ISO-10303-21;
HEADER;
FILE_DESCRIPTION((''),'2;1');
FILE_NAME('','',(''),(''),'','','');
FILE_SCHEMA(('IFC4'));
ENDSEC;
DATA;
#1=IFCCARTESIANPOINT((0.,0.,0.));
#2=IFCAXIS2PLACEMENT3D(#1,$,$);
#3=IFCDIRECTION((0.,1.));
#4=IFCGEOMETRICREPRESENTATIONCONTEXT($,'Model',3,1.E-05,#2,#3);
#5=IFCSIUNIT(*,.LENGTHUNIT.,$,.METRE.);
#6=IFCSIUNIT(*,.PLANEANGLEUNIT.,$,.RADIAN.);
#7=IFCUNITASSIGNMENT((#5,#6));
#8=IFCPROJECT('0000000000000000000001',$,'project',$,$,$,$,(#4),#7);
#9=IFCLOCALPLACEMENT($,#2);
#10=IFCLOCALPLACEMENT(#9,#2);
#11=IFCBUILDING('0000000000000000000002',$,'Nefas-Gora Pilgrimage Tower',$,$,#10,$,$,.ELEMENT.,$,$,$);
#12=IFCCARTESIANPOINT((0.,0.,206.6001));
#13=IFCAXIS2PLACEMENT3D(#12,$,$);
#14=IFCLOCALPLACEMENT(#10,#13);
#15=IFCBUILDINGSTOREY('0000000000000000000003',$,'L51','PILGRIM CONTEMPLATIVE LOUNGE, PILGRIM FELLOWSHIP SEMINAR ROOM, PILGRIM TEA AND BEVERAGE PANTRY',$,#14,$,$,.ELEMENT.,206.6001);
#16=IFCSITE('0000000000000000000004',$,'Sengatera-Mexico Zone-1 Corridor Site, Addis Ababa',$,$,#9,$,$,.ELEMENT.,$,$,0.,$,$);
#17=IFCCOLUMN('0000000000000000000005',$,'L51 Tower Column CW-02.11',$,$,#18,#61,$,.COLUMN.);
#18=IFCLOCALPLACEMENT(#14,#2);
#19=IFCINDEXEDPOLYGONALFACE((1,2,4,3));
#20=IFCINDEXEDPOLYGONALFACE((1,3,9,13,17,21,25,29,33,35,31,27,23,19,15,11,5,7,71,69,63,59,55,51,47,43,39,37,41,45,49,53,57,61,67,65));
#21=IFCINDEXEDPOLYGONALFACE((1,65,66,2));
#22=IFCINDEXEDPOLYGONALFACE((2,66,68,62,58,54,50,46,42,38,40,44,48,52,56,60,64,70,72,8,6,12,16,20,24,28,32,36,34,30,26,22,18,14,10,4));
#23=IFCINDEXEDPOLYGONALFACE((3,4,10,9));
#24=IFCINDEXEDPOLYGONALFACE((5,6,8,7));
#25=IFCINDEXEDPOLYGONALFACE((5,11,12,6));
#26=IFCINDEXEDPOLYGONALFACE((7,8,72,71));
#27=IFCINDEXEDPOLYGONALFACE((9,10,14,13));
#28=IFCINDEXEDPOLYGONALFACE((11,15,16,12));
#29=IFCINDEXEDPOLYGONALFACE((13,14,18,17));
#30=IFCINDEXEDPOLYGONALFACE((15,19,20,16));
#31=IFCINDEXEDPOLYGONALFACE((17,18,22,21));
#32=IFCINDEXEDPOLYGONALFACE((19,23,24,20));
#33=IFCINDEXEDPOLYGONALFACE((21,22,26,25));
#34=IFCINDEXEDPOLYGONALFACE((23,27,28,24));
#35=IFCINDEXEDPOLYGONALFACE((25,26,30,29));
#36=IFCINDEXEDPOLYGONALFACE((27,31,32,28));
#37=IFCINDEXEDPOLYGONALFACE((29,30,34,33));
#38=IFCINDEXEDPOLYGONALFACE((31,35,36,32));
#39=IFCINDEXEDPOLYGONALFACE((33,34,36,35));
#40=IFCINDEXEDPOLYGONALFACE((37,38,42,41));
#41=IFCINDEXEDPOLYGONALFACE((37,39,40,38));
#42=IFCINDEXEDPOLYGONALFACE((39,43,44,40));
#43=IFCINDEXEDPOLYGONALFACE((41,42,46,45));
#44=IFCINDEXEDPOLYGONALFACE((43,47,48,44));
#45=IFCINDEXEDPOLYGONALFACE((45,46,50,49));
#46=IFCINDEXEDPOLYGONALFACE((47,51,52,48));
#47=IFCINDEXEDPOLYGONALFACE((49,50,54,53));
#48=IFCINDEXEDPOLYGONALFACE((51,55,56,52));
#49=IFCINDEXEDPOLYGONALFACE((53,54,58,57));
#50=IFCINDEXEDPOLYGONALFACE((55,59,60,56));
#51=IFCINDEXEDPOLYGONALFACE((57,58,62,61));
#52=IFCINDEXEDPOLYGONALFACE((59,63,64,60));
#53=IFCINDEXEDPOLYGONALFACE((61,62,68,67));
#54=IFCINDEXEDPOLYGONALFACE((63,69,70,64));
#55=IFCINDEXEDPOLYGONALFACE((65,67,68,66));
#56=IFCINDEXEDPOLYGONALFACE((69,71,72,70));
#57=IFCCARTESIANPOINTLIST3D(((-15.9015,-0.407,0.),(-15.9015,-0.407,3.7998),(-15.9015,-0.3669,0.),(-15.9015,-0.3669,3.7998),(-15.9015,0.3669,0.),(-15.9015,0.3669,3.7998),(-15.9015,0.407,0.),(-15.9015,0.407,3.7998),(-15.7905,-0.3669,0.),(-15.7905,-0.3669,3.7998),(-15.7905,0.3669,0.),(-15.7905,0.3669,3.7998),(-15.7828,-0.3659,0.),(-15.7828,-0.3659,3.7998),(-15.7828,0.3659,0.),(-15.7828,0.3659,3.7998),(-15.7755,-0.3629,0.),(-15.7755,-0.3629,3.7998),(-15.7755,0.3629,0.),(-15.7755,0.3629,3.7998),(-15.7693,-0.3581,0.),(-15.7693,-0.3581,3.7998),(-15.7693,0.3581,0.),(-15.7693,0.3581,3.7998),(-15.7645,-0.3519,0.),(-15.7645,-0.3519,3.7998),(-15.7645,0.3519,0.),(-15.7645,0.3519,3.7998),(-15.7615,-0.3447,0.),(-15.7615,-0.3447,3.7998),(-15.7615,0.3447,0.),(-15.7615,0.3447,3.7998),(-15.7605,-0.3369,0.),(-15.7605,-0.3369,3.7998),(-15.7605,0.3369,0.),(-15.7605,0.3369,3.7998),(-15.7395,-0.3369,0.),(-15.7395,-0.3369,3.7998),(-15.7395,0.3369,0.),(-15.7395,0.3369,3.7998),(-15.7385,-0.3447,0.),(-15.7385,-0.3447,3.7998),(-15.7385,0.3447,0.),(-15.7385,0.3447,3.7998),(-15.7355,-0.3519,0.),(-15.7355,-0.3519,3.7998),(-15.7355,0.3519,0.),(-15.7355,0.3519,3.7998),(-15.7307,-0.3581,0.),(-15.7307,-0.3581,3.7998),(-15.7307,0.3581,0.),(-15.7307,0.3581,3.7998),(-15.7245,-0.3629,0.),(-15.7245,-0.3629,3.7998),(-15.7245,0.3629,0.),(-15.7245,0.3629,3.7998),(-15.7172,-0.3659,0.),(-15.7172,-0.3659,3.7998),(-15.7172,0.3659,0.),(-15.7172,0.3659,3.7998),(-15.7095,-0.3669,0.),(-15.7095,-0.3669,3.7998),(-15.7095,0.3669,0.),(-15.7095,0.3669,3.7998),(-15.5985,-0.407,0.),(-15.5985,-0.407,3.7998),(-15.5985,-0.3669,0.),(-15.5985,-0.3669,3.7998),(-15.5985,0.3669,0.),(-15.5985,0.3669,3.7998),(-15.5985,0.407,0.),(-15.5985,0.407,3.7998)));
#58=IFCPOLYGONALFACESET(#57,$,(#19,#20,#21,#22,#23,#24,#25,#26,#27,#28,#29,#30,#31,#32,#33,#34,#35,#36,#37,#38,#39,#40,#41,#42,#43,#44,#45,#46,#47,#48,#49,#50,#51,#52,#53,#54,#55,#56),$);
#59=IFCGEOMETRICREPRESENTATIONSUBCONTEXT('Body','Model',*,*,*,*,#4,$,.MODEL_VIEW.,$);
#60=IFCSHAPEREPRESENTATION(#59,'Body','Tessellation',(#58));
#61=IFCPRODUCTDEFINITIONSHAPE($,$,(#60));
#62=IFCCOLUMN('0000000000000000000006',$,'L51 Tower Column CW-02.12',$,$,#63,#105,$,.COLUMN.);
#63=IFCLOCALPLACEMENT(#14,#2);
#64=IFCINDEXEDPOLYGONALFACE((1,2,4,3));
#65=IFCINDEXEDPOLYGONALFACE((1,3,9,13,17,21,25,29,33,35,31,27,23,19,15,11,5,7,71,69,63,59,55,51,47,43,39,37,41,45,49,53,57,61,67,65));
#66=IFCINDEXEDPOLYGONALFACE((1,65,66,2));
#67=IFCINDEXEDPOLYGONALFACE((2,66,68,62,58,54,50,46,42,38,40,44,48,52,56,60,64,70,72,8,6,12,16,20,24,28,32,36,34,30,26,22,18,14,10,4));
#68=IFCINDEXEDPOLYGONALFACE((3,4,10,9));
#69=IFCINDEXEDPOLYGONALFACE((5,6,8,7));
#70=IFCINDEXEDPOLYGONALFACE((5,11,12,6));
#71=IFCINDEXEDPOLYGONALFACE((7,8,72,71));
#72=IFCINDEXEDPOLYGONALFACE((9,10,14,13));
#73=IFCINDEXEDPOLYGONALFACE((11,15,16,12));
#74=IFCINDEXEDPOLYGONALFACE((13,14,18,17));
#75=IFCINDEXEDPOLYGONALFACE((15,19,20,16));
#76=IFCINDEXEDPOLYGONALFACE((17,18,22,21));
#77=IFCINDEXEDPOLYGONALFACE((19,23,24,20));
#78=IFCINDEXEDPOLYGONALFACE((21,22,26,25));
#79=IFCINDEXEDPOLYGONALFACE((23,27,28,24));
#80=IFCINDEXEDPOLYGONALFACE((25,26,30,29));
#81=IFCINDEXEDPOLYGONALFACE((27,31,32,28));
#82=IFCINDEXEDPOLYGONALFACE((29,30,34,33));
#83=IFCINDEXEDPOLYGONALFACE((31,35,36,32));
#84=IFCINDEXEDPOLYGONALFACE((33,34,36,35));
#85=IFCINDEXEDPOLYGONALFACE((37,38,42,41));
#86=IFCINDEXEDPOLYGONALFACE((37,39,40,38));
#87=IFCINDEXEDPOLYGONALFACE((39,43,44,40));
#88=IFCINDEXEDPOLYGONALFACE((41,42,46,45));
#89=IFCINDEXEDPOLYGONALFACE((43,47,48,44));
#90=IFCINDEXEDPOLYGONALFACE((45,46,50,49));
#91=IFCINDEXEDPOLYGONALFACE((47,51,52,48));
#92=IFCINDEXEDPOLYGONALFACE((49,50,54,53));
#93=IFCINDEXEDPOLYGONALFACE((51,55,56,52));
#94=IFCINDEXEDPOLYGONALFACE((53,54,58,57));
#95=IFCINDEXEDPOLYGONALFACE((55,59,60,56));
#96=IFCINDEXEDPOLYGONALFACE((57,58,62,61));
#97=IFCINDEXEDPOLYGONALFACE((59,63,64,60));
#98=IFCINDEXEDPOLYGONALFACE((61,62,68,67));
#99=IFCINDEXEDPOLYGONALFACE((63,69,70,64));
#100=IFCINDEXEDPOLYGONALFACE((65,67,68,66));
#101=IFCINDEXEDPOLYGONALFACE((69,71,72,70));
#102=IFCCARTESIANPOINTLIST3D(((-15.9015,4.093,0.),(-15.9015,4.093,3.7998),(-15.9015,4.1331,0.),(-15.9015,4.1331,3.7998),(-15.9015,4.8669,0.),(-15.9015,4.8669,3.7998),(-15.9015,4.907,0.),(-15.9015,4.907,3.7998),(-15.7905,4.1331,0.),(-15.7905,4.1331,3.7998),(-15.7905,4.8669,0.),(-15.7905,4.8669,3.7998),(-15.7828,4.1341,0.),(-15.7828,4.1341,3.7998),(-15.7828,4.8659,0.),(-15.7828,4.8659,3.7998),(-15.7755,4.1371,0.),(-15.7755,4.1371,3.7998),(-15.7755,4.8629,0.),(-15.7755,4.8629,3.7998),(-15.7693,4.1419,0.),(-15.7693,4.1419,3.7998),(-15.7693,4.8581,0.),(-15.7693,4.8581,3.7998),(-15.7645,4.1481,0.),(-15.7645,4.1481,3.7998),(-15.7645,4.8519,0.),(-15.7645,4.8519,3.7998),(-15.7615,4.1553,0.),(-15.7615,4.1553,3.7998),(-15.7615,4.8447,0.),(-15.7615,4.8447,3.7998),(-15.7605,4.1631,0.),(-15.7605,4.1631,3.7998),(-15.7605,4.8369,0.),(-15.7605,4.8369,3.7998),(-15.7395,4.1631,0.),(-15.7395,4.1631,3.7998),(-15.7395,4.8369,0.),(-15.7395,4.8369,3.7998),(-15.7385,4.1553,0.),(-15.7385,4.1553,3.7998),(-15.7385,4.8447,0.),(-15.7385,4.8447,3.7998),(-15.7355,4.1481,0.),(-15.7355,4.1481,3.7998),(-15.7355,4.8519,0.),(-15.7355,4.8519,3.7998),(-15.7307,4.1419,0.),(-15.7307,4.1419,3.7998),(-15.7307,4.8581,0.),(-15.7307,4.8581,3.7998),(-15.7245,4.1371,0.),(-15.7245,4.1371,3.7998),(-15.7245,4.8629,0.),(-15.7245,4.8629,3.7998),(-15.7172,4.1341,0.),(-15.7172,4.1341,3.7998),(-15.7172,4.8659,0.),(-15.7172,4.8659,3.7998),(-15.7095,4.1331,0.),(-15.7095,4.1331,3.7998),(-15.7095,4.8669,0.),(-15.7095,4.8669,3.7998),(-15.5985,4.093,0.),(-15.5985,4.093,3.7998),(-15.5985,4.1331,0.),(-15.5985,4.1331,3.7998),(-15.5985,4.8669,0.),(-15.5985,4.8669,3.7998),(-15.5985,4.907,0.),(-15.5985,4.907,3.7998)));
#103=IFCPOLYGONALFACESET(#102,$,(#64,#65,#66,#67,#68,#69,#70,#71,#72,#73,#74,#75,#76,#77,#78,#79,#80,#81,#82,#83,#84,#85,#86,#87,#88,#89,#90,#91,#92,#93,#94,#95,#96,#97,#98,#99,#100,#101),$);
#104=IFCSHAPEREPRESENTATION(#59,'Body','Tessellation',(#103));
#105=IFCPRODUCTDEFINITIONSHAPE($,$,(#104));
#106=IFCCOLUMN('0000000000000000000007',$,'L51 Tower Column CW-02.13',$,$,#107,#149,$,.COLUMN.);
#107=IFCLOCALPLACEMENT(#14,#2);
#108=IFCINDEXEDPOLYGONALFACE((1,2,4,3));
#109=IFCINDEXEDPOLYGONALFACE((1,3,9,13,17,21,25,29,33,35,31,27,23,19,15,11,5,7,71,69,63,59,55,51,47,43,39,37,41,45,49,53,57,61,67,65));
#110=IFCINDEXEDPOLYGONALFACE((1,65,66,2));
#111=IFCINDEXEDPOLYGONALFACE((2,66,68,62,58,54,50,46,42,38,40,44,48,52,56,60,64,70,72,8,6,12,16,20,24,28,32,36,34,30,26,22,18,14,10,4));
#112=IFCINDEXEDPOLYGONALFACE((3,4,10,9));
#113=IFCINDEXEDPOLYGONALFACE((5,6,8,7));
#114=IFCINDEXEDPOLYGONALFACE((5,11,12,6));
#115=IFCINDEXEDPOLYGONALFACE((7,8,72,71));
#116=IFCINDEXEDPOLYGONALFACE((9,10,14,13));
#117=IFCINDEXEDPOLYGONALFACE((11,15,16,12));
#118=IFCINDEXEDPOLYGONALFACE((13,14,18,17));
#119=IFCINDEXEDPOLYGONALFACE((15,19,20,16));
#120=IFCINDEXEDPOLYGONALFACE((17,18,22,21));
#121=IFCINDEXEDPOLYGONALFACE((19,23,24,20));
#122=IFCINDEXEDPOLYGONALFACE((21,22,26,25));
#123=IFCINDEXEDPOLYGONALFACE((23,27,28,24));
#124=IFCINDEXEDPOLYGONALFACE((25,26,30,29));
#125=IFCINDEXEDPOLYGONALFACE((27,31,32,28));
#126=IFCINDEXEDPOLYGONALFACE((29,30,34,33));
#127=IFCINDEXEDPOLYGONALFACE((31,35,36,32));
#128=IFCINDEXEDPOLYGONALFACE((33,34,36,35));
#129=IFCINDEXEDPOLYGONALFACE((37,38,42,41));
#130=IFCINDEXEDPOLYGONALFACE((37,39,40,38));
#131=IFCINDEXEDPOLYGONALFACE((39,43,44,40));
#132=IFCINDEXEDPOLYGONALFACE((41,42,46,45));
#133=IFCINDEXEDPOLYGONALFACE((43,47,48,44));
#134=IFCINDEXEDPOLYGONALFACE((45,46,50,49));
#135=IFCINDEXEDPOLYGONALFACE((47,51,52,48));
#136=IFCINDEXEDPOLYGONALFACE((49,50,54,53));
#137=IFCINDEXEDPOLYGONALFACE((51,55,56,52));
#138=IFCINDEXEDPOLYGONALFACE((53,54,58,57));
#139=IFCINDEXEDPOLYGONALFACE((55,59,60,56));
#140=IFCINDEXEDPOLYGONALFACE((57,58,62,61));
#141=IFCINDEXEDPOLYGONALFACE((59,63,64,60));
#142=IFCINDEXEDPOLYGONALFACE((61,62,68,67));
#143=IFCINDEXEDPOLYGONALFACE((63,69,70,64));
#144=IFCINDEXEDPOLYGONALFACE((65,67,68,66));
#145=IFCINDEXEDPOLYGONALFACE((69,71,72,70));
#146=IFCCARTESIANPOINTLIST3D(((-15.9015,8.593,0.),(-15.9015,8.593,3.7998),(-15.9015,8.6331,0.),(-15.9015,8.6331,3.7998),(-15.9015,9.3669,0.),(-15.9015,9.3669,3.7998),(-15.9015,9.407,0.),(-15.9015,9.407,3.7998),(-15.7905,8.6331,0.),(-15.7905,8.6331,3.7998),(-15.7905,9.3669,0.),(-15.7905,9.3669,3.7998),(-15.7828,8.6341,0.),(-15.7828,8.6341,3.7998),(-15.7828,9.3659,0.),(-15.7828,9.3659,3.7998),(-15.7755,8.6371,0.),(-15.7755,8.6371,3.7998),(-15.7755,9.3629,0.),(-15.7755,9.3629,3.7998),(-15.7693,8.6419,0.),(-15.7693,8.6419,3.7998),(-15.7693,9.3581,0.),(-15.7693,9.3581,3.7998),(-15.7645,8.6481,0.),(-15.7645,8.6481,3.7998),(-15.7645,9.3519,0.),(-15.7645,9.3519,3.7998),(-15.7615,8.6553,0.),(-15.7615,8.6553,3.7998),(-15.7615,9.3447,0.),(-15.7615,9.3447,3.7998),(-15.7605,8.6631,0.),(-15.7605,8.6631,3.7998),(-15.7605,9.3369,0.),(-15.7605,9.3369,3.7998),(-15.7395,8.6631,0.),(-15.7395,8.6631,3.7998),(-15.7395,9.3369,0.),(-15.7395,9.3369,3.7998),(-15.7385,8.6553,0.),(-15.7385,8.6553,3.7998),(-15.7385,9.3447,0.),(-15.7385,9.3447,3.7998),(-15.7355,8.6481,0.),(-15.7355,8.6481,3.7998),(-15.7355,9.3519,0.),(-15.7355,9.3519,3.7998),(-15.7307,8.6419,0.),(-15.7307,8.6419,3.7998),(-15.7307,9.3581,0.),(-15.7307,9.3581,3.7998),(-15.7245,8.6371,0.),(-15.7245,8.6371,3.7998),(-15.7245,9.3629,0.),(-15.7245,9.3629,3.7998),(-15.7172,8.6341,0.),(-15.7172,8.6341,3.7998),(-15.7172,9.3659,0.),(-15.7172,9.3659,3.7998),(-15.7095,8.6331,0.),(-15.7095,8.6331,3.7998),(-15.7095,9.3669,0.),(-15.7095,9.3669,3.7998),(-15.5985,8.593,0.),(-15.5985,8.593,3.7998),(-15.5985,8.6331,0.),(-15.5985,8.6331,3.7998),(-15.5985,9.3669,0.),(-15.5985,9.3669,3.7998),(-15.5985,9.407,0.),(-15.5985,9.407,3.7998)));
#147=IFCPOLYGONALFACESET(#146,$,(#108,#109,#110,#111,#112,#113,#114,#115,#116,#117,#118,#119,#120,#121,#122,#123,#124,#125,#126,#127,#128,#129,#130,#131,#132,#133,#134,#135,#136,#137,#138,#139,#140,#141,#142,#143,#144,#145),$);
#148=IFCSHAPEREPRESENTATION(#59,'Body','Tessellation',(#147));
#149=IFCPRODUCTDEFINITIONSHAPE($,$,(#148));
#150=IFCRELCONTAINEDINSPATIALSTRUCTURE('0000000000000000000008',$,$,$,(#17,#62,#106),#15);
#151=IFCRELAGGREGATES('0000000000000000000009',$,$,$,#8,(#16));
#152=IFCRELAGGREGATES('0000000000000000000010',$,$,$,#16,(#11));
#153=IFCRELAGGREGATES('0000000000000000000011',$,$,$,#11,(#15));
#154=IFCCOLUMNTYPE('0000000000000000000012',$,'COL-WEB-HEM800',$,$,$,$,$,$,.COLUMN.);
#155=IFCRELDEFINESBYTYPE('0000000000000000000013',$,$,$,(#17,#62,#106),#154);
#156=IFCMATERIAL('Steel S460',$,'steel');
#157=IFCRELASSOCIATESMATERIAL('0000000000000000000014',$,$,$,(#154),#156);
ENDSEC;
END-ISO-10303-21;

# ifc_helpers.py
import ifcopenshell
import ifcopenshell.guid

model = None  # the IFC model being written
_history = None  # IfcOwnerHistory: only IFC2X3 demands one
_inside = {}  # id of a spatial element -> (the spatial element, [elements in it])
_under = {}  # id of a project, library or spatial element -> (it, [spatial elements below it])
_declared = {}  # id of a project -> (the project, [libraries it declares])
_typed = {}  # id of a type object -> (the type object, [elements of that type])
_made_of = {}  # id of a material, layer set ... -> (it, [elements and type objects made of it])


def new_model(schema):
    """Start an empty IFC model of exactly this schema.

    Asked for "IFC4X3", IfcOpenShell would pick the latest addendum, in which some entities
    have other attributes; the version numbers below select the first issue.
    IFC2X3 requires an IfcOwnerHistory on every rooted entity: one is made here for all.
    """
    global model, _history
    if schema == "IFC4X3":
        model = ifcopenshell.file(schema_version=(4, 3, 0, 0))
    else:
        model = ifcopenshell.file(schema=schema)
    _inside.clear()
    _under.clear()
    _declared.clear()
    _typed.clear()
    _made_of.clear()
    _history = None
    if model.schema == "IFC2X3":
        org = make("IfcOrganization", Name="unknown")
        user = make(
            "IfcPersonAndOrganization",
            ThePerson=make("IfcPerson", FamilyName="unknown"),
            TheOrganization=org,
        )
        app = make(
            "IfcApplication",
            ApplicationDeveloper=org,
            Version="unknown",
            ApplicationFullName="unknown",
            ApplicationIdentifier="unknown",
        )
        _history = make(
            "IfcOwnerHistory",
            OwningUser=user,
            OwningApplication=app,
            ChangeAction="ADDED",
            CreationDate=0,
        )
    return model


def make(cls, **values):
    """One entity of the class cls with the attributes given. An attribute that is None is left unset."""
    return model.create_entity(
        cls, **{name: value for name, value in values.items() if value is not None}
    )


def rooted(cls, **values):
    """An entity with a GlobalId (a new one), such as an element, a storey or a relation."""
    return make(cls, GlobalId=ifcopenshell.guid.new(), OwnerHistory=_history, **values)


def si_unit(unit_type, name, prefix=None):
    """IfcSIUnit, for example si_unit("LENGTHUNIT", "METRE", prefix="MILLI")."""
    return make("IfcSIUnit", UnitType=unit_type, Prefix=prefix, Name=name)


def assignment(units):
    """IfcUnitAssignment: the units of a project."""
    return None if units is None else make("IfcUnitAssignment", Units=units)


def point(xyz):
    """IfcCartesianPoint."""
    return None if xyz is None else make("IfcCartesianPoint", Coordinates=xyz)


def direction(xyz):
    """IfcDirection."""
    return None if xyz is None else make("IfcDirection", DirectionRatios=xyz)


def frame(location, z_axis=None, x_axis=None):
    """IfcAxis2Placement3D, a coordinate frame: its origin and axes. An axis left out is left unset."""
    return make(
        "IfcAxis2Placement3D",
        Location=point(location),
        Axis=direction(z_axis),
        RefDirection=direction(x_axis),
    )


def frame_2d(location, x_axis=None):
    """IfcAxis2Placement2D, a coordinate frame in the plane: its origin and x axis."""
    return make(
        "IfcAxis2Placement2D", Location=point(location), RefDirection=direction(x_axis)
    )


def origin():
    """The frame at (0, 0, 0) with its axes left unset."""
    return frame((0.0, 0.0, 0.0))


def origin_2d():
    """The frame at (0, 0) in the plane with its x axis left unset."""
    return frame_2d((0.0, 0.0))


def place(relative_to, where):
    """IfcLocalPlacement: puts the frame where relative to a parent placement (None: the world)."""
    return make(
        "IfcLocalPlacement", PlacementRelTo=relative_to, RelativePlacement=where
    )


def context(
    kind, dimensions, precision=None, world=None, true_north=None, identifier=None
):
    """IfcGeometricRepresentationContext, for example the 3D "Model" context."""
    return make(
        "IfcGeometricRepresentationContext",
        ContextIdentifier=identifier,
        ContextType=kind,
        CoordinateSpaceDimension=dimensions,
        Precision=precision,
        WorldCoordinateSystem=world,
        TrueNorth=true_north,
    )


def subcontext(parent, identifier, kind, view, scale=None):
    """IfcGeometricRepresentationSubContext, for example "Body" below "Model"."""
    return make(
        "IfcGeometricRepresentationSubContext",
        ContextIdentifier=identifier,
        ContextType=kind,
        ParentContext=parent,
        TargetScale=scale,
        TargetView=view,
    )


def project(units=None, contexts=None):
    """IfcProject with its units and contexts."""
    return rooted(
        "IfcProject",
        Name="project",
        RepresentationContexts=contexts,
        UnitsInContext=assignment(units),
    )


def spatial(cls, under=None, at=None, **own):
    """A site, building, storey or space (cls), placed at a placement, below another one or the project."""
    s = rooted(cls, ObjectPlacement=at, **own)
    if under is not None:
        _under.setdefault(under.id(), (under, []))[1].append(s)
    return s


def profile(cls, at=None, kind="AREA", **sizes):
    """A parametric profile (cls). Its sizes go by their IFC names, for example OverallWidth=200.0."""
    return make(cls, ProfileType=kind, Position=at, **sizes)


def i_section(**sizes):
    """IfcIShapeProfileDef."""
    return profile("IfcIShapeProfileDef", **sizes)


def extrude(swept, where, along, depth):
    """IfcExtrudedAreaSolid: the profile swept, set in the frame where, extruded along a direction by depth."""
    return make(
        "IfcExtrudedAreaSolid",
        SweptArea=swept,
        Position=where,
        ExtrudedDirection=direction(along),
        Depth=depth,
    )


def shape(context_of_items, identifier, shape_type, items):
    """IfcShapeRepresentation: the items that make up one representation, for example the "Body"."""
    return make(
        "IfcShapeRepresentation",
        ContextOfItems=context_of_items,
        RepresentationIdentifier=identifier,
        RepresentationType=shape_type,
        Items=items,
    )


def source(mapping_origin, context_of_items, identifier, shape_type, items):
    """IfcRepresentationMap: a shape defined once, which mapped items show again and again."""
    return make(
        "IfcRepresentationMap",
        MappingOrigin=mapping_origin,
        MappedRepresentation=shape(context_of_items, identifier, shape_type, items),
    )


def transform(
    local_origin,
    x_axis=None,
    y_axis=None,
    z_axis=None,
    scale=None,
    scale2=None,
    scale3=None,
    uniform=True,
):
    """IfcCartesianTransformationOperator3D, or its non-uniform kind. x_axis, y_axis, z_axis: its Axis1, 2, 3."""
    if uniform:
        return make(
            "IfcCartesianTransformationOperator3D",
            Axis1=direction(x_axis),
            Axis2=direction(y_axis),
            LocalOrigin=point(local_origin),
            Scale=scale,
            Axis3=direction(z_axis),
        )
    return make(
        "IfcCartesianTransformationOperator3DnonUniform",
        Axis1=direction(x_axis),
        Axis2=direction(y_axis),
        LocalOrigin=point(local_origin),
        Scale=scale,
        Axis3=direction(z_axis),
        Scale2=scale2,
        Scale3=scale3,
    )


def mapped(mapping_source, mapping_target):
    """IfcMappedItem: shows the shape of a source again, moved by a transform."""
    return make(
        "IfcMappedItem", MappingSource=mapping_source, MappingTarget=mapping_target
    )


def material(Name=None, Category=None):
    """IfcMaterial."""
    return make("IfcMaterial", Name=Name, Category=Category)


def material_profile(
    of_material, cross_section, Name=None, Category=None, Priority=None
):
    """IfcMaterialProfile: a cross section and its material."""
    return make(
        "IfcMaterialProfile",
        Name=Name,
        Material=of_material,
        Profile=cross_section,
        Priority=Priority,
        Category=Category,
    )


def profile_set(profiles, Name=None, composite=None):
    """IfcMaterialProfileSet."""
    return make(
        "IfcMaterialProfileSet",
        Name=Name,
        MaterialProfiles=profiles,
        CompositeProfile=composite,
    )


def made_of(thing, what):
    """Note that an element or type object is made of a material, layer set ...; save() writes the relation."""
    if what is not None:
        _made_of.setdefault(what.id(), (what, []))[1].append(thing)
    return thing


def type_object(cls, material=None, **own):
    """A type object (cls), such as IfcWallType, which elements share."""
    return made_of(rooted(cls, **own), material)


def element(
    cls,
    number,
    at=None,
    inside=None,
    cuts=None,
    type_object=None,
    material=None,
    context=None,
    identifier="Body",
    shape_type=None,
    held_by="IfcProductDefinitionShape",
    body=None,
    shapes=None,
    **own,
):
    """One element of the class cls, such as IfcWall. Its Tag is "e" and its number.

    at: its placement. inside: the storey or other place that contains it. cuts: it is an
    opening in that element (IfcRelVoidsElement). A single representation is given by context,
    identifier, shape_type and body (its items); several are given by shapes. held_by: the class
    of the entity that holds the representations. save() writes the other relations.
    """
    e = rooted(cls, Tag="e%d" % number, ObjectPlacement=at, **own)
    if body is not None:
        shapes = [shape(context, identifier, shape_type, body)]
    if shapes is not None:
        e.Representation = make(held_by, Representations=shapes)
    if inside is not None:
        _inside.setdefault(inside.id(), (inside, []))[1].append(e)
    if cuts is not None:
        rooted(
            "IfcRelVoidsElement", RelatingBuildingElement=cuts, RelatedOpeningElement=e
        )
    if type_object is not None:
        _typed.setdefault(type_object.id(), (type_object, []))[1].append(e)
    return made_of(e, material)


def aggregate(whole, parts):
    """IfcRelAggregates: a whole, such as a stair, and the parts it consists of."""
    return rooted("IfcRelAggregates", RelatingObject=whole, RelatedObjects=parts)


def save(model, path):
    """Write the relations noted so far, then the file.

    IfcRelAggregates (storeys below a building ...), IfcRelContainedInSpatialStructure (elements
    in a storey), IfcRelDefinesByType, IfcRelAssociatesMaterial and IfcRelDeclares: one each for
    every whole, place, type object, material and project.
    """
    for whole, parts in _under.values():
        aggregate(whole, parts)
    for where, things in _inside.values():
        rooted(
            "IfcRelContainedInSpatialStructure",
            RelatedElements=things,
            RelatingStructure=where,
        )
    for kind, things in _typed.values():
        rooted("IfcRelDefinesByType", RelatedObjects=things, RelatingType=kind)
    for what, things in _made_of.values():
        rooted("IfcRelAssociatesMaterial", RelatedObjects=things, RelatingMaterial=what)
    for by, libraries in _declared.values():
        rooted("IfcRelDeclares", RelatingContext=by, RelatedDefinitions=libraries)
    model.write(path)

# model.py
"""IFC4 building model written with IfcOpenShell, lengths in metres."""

from ifc_helpers import new_model, si_unit, direction, frame, origin, origin_2d, place, context, subcontext, project, spatial, i_section, extrude, source, transform, mapped, material, material_profile, profile_set, type_object, element, save


model = new_model("IFC4")

# Units and contexts
model_context = context("Model", 3, precision=1e-05, world=origin(), true_north=direction((0.0, 1.0)))
body_context = subcontext(model_context, "Body", "Model", "MODEL_VIEW")
ifc_project = project(units=[si_unit("LENGTHUNIT", "METRE"), si_unit("PLANEANGLEUNIT", "RADIAN")], contexts=[model_context])

# Site, building, storey
site_placement = place(None, origin())
site = spatial("IfcSite", under=ifc_project, at=site_placement, Name="Sengatera-Mexico Zone-1 Corridor Site, Addis Ababa", CompositionType="ELEMENT", RefElevation=0.0)
building_placement = place(site_placement, origin())
building = spatial("IfcBuilding", under=site, at=building_placement, Name="Nefas-Gora Pilgrimage Tower", CompositionType="ELEMENT")
storey_placement = place(building_placement, frame((0.0, 0.0, 206.6001)))
storey = spatial("IfcBuildingStorey", under=building, at=storey_placement, Name="L51", Description="PILGRIM CONTEMPLATIVE LOUNGE, PILGRIM FELLOWSHIP SEMINAR ROOM, PILGRIM TEA AND BEVERAGE PANTRY", CompositionType="ELEMENT", Elevation=206.6001)

# Columns
ifc_material_1 = material(Name="Steel S460", Category="steel")
ifc_material_profile_1 = material_profile(ifc_material_1, i_section(OverallWidth=0.303, OverallDepth=0.814, WebThickness=0.021, FlangeThickness=0.04, FilletRadius=0.03, at=origin_2d()), Name="HEM 800")
ifc_profile_set_1 = profile_set([ifc_material_profile_1], Name="Steel S460")
column_type_1 = type_object("IfcColumnType", Name="COL-WEB-HEM800", PredefinedType="COLUMN", material=ifc_profile_set_1)
shared_shape_1 = source(origin(), body_context, "Body", "SweptSolid", [
    extrude(i_section(OverallWidth=0.303, OverallDepth=0.814, WebThickness=0.021, FlangeThickness=0.04, FilletRadius=0.03, at=origin_2d()), origin(), (0.0, 0.0, 1.0), 3.7998),
])
for number, where, z_axis, x_axis, name in (
    (1, (-15.75, 0.0, 0.0), (0.0, 0.0, 1.0), (1.0, 0.0, 0.0), "L51 Tower Column CW-02.11"),
    (2, (-15.75, 4.5, 0.0), (0.0, 0.0, 1.0), (1.0, 0.0, 0.0), "L51 Tower Column CW-02.12"),
    (3, (-15.75, 9.0, 0.0), (0.0, 0.0, 1.0), (1.0, 0.0, 0.0), "L51 Tower Column CW-02.13"),
):
    element("IfcColumn", number, at=place(storey_placement, frame(where, z_axis=z_axis, x_axis=x_axis)), inside=storey, type_object=column_type_1, Name=name, PredefinedType="COLUMN", context=body_context, shape_type="MappedRepresentation", body=[
        mapped(shared_shape_1, transform((0.0, 0.0, 0.0), x_axis=(1.0, 0.0, 0.0), y_axis=(0.0, 1.0, 0.0), z_axis=(0.0, 0.0, 1.0), scale=1.0)),
    ])

save(model, "model.ifc")
